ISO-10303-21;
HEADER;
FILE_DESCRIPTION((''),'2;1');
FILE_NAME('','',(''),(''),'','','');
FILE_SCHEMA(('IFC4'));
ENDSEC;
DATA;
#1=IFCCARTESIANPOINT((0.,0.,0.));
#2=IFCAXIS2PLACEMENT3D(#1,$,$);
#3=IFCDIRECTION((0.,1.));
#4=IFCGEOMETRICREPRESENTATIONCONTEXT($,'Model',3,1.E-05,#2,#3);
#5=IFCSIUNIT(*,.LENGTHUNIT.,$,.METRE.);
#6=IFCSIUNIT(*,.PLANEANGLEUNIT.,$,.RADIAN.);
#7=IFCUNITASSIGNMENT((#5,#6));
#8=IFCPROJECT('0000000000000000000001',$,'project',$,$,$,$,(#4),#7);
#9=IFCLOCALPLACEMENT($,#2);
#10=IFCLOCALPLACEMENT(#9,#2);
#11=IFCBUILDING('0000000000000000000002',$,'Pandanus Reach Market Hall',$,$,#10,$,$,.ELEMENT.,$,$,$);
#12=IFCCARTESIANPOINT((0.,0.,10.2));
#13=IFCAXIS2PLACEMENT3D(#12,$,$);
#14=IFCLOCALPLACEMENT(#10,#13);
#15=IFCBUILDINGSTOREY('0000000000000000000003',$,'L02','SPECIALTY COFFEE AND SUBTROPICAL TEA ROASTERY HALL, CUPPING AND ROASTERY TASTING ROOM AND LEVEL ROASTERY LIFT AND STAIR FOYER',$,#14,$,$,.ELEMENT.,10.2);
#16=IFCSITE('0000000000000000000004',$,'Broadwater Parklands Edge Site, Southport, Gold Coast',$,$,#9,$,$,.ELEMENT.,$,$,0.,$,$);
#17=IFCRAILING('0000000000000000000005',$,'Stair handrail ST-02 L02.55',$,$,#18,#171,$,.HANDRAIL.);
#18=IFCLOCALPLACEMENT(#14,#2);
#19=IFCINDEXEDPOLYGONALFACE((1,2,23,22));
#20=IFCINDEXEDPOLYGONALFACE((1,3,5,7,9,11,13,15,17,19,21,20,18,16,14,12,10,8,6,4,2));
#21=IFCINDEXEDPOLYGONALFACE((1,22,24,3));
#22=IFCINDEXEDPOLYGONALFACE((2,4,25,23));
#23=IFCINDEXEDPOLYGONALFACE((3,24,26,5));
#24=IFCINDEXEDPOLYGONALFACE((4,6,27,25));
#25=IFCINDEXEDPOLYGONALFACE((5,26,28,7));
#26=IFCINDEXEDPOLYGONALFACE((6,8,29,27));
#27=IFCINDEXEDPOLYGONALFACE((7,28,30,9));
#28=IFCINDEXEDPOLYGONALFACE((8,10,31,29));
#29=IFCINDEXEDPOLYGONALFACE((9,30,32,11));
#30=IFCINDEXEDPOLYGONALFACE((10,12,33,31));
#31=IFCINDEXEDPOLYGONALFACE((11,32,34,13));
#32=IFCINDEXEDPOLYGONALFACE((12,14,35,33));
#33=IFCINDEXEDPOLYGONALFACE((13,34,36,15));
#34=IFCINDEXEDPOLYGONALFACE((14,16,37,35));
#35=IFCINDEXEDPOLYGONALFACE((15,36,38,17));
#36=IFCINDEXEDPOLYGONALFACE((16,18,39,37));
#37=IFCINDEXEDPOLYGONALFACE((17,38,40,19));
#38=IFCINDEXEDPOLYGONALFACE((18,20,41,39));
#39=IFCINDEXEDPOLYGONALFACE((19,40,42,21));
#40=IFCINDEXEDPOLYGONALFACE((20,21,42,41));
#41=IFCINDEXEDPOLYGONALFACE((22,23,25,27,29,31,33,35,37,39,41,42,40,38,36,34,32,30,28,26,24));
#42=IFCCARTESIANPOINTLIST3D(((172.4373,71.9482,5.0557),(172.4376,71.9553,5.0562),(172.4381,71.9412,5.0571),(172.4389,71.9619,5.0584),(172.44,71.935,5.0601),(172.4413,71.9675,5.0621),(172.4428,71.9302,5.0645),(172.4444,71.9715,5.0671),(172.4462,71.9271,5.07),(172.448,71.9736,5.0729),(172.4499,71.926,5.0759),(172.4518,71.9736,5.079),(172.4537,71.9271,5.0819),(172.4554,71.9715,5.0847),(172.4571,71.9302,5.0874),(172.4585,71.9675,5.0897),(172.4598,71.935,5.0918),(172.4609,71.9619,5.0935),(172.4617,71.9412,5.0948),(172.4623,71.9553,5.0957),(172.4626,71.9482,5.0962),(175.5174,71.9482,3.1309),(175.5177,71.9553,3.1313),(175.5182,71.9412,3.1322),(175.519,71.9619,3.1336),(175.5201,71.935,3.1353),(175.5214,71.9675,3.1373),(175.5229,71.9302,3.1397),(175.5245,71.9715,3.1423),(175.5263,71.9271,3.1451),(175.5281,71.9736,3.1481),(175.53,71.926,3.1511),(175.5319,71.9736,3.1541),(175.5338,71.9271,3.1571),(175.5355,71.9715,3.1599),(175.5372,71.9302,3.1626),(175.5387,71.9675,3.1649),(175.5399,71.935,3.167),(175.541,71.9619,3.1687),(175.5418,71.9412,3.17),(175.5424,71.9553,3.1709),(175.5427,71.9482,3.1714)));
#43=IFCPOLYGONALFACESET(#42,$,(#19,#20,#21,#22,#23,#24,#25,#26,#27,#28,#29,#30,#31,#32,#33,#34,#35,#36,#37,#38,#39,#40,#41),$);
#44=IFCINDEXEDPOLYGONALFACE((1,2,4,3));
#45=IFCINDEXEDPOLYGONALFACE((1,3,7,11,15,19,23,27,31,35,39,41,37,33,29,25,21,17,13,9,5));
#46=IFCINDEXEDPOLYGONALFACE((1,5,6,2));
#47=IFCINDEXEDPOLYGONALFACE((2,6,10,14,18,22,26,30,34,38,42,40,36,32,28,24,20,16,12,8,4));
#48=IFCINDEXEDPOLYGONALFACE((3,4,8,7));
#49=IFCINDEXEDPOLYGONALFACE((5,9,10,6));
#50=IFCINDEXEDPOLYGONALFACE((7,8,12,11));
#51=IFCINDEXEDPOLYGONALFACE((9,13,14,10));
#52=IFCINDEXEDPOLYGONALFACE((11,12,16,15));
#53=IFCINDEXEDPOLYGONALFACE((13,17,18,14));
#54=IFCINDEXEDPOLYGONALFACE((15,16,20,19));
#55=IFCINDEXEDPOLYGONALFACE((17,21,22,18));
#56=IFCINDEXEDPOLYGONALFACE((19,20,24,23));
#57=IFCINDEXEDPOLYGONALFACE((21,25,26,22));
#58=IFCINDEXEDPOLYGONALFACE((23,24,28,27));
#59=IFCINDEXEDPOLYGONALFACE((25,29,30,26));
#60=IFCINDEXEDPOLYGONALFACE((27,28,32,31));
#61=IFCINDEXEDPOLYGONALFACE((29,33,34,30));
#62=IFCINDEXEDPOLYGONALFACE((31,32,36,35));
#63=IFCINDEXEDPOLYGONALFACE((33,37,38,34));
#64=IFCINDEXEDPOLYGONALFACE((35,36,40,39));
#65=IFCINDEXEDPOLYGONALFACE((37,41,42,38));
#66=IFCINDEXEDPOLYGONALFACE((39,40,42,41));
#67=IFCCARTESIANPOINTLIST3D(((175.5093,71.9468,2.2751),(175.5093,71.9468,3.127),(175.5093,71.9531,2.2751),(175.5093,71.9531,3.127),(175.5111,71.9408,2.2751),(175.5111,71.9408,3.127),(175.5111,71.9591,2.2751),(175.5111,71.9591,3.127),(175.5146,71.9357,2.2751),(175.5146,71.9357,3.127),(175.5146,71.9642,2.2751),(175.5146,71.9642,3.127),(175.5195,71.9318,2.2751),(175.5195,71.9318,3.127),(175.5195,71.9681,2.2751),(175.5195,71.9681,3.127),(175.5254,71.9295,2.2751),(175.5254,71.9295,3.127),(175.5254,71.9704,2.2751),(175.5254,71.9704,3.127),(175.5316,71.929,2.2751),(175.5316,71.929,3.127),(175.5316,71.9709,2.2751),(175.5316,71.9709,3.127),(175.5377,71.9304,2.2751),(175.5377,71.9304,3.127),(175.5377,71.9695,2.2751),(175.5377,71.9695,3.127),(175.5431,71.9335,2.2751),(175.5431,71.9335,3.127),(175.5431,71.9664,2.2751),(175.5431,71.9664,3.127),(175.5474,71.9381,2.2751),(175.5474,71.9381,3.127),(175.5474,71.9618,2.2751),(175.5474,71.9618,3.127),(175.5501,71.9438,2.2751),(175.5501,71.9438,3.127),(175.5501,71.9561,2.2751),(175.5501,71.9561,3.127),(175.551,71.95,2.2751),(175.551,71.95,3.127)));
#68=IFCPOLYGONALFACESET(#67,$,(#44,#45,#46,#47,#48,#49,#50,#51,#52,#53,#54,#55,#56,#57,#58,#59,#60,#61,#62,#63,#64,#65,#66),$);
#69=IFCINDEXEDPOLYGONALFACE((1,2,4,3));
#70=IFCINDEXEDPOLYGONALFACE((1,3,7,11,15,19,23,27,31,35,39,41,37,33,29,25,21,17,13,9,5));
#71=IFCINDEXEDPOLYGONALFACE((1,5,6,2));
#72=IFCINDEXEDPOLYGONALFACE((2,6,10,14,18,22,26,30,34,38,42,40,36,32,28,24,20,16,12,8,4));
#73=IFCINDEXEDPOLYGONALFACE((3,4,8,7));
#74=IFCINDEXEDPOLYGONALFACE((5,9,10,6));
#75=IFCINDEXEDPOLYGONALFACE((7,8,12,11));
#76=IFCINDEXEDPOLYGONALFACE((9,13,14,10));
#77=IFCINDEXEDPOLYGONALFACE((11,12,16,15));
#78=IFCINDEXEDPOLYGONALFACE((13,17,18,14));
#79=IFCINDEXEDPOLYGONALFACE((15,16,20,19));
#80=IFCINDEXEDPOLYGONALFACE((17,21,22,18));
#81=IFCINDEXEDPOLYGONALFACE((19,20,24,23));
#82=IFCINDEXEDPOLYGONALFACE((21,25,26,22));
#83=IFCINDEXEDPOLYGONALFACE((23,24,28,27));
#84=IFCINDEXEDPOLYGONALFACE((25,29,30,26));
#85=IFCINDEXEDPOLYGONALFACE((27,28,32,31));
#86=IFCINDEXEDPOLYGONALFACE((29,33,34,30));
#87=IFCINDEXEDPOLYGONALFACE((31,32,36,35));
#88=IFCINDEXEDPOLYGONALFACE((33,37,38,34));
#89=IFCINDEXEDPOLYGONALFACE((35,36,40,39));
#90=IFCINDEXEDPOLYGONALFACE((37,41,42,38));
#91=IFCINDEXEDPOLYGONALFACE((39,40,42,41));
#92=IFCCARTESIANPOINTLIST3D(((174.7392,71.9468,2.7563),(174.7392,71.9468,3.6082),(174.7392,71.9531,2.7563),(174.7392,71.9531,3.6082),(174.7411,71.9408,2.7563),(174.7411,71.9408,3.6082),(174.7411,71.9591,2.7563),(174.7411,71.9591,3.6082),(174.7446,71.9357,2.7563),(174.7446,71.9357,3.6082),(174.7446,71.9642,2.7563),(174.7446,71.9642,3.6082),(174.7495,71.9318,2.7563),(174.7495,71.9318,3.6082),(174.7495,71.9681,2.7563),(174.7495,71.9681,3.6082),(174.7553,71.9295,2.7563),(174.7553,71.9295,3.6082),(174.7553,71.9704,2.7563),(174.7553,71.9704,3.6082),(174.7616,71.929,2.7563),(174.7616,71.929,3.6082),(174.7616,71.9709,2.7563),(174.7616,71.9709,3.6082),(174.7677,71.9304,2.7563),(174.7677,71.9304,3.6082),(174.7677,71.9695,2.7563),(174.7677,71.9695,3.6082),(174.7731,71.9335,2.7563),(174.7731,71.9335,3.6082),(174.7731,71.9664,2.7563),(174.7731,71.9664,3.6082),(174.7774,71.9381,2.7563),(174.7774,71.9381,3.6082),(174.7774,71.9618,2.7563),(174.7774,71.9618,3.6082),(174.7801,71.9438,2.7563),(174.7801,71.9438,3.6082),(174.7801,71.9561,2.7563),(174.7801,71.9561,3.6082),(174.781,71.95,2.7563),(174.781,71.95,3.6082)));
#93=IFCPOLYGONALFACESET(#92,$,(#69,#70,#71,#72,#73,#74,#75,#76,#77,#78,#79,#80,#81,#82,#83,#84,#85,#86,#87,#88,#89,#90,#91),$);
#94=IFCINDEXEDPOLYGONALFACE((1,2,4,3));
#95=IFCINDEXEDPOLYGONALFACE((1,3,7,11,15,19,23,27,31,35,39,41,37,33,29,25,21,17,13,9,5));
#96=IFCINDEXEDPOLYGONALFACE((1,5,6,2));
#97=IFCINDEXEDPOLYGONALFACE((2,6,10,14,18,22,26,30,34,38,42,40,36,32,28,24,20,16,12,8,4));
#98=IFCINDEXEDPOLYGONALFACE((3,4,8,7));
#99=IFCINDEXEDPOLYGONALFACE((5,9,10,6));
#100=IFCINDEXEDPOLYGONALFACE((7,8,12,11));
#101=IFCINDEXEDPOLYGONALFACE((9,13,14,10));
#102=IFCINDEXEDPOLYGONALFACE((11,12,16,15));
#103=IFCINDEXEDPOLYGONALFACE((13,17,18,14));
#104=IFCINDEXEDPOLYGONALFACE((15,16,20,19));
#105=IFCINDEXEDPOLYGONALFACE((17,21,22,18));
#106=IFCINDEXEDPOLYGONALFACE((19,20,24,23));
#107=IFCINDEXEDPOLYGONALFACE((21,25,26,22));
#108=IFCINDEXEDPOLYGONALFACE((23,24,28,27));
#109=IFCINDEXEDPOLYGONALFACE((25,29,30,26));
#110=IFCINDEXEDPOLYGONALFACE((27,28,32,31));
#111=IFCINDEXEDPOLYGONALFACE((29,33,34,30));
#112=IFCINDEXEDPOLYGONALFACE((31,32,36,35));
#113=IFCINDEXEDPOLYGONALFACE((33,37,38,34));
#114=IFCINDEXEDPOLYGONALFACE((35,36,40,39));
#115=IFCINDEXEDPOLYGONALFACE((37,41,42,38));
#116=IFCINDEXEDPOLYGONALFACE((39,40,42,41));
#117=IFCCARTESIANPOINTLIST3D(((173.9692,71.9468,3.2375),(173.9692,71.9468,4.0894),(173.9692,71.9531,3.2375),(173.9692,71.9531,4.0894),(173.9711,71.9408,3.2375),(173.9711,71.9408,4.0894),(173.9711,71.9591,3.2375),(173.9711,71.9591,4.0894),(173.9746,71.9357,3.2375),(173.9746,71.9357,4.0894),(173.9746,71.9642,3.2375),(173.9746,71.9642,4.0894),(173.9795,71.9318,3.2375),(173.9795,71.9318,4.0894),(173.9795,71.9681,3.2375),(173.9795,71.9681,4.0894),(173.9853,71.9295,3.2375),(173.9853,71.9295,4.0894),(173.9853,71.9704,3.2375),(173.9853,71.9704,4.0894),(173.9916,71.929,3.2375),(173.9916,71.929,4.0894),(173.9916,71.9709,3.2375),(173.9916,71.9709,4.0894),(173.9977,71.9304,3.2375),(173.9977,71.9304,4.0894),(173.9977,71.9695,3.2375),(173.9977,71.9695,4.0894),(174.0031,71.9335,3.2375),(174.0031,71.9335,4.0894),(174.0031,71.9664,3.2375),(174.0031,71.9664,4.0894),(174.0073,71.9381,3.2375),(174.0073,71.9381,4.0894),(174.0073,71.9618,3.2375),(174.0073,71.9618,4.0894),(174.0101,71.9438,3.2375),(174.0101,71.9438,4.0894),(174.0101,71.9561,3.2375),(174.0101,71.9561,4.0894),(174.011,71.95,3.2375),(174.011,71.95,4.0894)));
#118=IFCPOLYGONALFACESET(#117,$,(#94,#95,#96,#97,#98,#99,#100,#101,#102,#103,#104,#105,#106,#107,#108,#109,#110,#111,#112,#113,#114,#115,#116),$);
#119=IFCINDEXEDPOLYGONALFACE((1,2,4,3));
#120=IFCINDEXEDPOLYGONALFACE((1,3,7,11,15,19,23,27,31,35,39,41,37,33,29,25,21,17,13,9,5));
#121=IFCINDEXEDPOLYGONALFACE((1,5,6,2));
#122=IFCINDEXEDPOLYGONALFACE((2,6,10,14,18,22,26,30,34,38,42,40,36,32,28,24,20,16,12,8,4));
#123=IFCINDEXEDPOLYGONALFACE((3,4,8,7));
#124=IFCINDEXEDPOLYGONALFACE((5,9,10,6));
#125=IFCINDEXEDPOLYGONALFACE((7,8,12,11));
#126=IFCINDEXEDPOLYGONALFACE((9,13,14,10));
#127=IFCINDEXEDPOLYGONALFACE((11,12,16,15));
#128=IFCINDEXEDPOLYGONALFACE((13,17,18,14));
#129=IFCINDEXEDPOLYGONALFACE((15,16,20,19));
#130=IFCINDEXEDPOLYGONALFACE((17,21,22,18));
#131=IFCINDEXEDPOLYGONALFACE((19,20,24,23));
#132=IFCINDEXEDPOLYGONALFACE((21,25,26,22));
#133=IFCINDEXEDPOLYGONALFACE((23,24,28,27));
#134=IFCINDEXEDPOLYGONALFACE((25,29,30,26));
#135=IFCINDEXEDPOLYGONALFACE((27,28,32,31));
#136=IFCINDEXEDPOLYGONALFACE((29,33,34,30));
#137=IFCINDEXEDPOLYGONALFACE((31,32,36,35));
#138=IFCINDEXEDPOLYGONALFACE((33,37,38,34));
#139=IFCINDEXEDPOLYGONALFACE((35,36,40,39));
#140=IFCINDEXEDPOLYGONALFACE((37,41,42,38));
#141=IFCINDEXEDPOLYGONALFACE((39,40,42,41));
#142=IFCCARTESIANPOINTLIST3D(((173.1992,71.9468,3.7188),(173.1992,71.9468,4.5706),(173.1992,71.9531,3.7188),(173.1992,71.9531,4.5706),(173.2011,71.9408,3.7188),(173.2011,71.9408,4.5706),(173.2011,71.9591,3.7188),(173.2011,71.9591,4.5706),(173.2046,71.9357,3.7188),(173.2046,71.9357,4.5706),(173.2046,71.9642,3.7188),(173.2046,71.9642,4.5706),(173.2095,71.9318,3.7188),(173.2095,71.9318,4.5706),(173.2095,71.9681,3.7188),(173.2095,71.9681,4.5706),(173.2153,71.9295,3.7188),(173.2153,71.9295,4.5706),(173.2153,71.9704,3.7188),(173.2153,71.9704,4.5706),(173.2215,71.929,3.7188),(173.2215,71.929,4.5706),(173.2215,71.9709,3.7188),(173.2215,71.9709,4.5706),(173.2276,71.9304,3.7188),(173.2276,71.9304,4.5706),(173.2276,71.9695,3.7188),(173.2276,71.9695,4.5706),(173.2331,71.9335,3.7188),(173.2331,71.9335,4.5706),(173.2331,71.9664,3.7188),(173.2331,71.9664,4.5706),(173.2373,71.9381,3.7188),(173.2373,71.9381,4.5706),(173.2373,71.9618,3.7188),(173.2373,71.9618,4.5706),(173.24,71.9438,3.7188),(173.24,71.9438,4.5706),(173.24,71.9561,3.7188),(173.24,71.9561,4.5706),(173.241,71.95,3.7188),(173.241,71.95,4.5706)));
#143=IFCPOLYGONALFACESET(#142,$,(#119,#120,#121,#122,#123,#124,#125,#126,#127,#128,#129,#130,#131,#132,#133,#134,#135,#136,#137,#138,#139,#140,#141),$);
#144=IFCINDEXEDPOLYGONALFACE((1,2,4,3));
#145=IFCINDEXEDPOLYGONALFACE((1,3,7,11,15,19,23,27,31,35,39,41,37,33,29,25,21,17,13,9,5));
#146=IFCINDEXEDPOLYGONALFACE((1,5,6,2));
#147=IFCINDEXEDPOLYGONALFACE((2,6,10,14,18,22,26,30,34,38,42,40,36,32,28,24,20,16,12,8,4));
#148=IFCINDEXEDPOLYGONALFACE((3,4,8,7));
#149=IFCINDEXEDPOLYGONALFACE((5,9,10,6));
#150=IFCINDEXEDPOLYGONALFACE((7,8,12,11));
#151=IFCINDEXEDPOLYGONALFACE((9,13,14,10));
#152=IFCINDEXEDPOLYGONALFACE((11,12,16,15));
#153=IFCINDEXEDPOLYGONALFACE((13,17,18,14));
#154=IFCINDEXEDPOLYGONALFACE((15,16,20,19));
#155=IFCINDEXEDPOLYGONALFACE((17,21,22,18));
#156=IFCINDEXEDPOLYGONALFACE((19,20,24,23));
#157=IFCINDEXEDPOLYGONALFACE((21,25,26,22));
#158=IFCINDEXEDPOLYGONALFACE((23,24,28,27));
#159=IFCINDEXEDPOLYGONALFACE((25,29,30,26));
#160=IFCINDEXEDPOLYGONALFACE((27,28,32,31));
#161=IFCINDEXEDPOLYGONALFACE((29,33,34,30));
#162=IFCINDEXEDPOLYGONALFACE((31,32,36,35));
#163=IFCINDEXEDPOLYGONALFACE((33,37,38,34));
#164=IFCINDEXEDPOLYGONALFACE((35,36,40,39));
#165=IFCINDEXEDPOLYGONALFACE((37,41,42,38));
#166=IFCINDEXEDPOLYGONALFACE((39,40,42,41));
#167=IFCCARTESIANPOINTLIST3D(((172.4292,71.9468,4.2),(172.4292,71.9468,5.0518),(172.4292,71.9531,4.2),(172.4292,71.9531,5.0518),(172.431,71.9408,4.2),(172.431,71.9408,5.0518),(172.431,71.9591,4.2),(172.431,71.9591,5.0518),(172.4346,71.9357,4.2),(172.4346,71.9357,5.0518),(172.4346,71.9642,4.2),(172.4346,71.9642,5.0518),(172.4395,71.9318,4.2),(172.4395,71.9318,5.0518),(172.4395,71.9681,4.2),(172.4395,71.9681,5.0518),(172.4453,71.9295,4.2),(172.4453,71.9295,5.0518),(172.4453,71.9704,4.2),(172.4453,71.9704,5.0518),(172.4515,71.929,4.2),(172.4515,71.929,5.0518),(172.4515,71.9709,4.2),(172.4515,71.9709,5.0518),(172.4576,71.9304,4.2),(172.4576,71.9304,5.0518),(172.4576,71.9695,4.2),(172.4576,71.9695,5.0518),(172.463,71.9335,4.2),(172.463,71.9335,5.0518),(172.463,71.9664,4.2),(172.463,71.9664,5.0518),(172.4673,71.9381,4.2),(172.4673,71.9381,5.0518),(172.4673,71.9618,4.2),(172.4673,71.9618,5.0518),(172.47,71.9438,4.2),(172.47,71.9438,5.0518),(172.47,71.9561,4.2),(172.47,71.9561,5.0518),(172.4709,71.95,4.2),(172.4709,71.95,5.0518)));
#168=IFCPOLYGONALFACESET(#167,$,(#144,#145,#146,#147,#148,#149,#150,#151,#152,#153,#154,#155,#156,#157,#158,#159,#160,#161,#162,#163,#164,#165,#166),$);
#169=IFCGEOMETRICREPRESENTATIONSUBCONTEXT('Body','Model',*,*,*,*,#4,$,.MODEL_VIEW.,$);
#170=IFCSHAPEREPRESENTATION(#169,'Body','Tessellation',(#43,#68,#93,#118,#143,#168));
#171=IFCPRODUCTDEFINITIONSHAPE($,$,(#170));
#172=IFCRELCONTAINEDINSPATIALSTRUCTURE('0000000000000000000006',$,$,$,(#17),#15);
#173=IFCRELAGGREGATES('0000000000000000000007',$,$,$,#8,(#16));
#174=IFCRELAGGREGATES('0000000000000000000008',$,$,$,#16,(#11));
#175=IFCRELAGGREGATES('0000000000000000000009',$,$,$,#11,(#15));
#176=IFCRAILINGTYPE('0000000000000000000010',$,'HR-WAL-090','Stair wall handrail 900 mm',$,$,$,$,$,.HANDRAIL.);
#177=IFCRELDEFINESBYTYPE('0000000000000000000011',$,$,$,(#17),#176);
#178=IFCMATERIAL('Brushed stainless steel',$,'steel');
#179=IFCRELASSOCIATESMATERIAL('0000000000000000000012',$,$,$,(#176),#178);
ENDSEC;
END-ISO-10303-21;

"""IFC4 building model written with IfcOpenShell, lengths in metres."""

from ifc_helpers import new_model, si_unit, direction, frame, origin, origin_2d, place, context, subcontext, project, spatial, circle, extrude, material, type_object, element, save


model = new_model("IFC4")

# Units and contexts
model_context = context("Model", 3, precision=1e-05, world=origin(), true_north=direction((0.0, 1.0)))
body_context = subcontext(model_context, "Body", "Model", "MODEL_VIEW")
ifc_project = project(units=[si_unit("LENGTHUNIT", "METRE"), si_unit("PLANEANGLEUNIT", "RADIAN")], contexts=[model_context])

# Site, building, storey
site_placement = place(None, origin())
site = spatial("IfcSite", under=ifc_project, at=site_placement, Name="Broadwater Parklands Edge Site, Southport, Gold Coast", CompositionType="ELEMENT", RefElevation=0.0)
building_placement = place(site_placement, origin())
building = spatial("IfcBuilding", under=site, at=building_placement, Name="Pandanus Reach Market Hall", CompositionType="ELEMENT")
storey_placement = place(building_placement, frame((0.0, 0.0, 10.2)))
storey = spatial("IfcBuildingStorey", under=building, at=storey_placement, Name="L02", Description="SPECIALTY COFFEE AND SUBTROPICAL TEA ROASTERY HALL, CUPPING AND ROASTERY TASTING ROOM AND LEVEL ROASTERY LIFT AND STAIR FOYER", CompositionType="ELEMENT", Elevation=10.2)

# Railing
ifc_material_1 = material(Name="Brushed stainless steel", Category="steel")
railing_type_1 = type_object("IfcRailingType", Name="HR-WAL-090", Description="Stair wall handrail 900 mm", PredefinedType="HANDRAIL", material=ifc_material_1)
railing_1_placement = place(storey_placement, frame((175.53, 71.95, 2.2751)))
element("IfcRailing", 1, at=railing_1_placement, inside=storey, type_object=railing_type_1, Name="Stair handrail ST-02 L02.55", PredefinedType="HANDRAIL", context=body_context, shape_type="SweptSolid", body=[
    extrude(circle(Radius=0.0239, at=origin_2d()), frame((0.0, 0.0, 0.876), z_axis=(-0.848029, 0.0, 0.529951), x_axis=(0.0, -1.0, 0.0)), (0.0, 0.0, 1.0), 3.6321),
    extrude(circle(Radius=0.021, at=origin_2d()), origin(), (0.0, 0.0, 1.0), 0.8518),
    extrude(circle(Radius=0.021, at=origin_2d()), frame((-0.77, 0.0, 0.4812)), (0.0, 0.0, 1.0), 0.8518),
    extrude(circle(Radius=0.021, at=origin_2d()), frame((-1.54, 0.0, 0.9624)), (0.0, 0.0, 1.0), 0.8518),
    extrude(circle(Radius=0.021, at=origin_2d()), frame((-2.3101, 0.0, 1.4436)), (0.0, 0.0, 1.0), 0.8518),
    extrude(circle(Radius=0.021, at=origin_2d()), frame((-3.0801, 0.0, 1.9248)), (0.0, 0.0, 1.0), 0.8518),
])

save(model, "model.ifc")
